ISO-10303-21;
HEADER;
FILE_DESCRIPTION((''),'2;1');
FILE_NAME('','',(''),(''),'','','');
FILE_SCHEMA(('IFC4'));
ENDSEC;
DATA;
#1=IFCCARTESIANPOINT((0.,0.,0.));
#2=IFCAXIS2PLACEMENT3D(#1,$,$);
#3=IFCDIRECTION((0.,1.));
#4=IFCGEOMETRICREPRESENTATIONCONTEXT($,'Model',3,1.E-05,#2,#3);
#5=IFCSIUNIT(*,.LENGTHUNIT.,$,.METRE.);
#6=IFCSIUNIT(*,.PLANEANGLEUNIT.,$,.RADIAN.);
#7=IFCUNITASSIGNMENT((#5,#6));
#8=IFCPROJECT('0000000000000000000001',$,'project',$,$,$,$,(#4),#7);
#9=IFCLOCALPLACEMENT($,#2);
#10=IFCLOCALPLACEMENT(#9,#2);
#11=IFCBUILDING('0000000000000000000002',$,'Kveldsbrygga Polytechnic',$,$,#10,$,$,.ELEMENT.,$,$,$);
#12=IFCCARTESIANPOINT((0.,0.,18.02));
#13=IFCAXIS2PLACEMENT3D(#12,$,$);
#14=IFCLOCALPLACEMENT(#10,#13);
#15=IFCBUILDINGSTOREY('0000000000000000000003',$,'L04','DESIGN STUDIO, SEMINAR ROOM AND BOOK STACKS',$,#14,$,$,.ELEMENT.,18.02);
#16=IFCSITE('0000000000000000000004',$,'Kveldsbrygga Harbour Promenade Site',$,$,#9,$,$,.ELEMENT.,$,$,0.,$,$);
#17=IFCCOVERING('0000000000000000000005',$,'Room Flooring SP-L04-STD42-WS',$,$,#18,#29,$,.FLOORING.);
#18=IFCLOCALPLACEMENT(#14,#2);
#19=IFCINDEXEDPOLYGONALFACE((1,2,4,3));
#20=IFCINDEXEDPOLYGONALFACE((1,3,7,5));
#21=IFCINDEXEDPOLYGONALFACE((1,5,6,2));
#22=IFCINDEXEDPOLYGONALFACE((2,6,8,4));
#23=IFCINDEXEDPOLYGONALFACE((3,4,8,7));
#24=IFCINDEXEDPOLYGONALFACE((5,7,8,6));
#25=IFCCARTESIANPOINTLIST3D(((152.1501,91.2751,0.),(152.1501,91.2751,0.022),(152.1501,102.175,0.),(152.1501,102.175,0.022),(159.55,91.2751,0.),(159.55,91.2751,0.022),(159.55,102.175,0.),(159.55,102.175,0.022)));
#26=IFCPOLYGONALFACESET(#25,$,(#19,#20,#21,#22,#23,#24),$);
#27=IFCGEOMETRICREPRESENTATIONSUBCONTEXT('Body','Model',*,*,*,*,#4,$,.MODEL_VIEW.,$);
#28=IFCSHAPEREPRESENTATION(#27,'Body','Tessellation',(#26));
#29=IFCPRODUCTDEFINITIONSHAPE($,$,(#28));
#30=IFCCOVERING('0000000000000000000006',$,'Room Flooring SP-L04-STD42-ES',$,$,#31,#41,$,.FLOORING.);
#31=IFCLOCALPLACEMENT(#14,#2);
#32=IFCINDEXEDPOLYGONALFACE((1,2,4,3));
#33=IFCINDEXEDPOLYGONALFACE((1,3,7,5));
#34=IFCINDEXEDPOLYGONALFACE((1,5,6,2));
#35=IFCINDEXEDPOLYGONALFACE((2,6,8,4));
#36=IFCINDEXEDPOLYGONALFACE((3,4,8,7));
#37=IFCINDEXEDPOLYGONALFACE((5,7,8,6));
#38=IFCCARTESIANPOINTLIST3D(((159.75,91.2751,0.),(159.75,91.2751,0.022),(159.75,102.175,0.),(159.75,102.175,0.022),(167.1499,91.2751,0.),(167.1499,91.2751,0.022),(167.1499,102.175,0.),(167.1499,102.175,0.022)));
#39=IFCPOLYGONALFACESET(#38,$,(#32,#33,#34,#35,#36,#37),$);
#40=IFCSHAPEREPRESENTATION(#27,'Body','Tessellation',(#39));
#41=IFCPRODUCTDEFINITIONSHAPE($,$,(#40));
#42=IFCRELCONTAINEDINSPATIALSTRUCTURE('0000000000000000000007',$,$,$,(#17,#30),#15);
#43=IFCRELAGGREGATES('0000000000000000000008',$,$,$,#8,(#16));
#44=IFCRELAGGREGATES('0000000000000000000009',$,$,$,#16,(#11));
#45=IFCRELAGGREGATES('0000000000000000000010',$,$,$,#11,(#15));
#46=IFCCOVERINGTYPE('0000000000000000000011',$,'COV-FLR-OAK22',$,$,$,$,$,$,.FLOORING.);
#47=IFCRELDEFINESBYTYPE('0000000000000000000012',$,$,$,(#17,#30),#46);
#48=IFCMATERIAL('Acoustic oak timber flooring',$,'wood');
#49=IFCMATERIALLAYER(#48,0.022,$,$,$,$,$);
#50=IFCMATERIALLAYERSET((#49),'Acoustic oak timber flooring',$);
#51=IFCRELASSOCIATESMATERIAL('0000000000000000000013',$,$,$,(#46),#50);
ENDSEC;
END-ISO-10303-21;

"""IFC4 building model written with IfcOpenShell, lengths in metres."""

from ifc_helpers import new_model, si_unit, direction, frame, origin, origin_2d, place, context, subcontext, project, spatial, rectangle, extrude, material, layer, layer_set, type_object, element, save


model = new_model("IFC4")

# Units and contexts
model_context = context("Model", 3, precision=1e-05, world=origin(), true_north=direction((0.0, 1.0)))
body_context = subcontext(model_context, "Body", "Model", "MODEL_VIEW")
ifc_project = project(units=[si_unit("LENGTHUNIT", "METRE"), si_unit("PLANEANGLEUNIT", "RADIAN")], contexts=[model_context])

# Site, building, storey
site_placement = place(None, origin())
site = spatial("IfcSite", under=ifc_project, at=site_placement, Name="Kveldsbrygga Harbour Promenade Site", CompositionType="ELEMENT", RefElevation=0.0)
building_placement = place(site_placement, origin())
building = spatial("IfcBuilding", under=site, at=building_placement, Name="Kveldsbrygga Polytechnic", CompositionType="ELEMENT")
storey_placement = place(building_placement, frame((0.0, 0.0, 18.02)))
storey = spatial("IfcBuildingStorey", under=building, at=storey_placement, Name="L04", Description="DESIGN STUDIO, SEMINAR ROOM AND BOOK STACKS", CompositionType="ELEMENT", Elevation=18.02)

# Coverings
ifc_material_1 = material(Name="Acoustic oak timber flooring", Category="wood")
ifc_layer_1 = layer(ifc_material_1, 0.022)
ifc_layer_set_1 = layer_set([ifc_layer_1], Name="Acoustic oak timber flooring")
covering_type_1 = type_object("IfcCoveringType", Name="COV-FLR-OAK22", PredefinedType="FLOORING", material=ifc_layer_set_1)
for number, where, z_axis, x_axis, name in (
    (1, (155.8501, 96.7251, 0.0), (0.0, 0.0, 1.0), (1.0, 0.0, 0.0), "Room Flooring SP-L04-STD42-WS"),
    (2, (163.45, 96.7251, 0.0), (0.0, 0.0, 1.0), (1.0, 0.0, 0.0), "Room Flooring SP-L04-STD42-ES"),
):
    element("IfcCovering", number, at=place(storey_placement, frame(where, z_axis=z_axis, x_axis=x_axis)), inside=storey, type_object=covering_type_1, Name=name, PredefinedType="FLOORING", context=body_context, shape_type="SweptSolid", body=[
        extrude(rectangle(XDim=7.3999, YDim=10.8999, at=origin_2d()), origin(), (0.0, 0.0, 1.0), 0.022),
    ])

save(model, "model.ifc")
